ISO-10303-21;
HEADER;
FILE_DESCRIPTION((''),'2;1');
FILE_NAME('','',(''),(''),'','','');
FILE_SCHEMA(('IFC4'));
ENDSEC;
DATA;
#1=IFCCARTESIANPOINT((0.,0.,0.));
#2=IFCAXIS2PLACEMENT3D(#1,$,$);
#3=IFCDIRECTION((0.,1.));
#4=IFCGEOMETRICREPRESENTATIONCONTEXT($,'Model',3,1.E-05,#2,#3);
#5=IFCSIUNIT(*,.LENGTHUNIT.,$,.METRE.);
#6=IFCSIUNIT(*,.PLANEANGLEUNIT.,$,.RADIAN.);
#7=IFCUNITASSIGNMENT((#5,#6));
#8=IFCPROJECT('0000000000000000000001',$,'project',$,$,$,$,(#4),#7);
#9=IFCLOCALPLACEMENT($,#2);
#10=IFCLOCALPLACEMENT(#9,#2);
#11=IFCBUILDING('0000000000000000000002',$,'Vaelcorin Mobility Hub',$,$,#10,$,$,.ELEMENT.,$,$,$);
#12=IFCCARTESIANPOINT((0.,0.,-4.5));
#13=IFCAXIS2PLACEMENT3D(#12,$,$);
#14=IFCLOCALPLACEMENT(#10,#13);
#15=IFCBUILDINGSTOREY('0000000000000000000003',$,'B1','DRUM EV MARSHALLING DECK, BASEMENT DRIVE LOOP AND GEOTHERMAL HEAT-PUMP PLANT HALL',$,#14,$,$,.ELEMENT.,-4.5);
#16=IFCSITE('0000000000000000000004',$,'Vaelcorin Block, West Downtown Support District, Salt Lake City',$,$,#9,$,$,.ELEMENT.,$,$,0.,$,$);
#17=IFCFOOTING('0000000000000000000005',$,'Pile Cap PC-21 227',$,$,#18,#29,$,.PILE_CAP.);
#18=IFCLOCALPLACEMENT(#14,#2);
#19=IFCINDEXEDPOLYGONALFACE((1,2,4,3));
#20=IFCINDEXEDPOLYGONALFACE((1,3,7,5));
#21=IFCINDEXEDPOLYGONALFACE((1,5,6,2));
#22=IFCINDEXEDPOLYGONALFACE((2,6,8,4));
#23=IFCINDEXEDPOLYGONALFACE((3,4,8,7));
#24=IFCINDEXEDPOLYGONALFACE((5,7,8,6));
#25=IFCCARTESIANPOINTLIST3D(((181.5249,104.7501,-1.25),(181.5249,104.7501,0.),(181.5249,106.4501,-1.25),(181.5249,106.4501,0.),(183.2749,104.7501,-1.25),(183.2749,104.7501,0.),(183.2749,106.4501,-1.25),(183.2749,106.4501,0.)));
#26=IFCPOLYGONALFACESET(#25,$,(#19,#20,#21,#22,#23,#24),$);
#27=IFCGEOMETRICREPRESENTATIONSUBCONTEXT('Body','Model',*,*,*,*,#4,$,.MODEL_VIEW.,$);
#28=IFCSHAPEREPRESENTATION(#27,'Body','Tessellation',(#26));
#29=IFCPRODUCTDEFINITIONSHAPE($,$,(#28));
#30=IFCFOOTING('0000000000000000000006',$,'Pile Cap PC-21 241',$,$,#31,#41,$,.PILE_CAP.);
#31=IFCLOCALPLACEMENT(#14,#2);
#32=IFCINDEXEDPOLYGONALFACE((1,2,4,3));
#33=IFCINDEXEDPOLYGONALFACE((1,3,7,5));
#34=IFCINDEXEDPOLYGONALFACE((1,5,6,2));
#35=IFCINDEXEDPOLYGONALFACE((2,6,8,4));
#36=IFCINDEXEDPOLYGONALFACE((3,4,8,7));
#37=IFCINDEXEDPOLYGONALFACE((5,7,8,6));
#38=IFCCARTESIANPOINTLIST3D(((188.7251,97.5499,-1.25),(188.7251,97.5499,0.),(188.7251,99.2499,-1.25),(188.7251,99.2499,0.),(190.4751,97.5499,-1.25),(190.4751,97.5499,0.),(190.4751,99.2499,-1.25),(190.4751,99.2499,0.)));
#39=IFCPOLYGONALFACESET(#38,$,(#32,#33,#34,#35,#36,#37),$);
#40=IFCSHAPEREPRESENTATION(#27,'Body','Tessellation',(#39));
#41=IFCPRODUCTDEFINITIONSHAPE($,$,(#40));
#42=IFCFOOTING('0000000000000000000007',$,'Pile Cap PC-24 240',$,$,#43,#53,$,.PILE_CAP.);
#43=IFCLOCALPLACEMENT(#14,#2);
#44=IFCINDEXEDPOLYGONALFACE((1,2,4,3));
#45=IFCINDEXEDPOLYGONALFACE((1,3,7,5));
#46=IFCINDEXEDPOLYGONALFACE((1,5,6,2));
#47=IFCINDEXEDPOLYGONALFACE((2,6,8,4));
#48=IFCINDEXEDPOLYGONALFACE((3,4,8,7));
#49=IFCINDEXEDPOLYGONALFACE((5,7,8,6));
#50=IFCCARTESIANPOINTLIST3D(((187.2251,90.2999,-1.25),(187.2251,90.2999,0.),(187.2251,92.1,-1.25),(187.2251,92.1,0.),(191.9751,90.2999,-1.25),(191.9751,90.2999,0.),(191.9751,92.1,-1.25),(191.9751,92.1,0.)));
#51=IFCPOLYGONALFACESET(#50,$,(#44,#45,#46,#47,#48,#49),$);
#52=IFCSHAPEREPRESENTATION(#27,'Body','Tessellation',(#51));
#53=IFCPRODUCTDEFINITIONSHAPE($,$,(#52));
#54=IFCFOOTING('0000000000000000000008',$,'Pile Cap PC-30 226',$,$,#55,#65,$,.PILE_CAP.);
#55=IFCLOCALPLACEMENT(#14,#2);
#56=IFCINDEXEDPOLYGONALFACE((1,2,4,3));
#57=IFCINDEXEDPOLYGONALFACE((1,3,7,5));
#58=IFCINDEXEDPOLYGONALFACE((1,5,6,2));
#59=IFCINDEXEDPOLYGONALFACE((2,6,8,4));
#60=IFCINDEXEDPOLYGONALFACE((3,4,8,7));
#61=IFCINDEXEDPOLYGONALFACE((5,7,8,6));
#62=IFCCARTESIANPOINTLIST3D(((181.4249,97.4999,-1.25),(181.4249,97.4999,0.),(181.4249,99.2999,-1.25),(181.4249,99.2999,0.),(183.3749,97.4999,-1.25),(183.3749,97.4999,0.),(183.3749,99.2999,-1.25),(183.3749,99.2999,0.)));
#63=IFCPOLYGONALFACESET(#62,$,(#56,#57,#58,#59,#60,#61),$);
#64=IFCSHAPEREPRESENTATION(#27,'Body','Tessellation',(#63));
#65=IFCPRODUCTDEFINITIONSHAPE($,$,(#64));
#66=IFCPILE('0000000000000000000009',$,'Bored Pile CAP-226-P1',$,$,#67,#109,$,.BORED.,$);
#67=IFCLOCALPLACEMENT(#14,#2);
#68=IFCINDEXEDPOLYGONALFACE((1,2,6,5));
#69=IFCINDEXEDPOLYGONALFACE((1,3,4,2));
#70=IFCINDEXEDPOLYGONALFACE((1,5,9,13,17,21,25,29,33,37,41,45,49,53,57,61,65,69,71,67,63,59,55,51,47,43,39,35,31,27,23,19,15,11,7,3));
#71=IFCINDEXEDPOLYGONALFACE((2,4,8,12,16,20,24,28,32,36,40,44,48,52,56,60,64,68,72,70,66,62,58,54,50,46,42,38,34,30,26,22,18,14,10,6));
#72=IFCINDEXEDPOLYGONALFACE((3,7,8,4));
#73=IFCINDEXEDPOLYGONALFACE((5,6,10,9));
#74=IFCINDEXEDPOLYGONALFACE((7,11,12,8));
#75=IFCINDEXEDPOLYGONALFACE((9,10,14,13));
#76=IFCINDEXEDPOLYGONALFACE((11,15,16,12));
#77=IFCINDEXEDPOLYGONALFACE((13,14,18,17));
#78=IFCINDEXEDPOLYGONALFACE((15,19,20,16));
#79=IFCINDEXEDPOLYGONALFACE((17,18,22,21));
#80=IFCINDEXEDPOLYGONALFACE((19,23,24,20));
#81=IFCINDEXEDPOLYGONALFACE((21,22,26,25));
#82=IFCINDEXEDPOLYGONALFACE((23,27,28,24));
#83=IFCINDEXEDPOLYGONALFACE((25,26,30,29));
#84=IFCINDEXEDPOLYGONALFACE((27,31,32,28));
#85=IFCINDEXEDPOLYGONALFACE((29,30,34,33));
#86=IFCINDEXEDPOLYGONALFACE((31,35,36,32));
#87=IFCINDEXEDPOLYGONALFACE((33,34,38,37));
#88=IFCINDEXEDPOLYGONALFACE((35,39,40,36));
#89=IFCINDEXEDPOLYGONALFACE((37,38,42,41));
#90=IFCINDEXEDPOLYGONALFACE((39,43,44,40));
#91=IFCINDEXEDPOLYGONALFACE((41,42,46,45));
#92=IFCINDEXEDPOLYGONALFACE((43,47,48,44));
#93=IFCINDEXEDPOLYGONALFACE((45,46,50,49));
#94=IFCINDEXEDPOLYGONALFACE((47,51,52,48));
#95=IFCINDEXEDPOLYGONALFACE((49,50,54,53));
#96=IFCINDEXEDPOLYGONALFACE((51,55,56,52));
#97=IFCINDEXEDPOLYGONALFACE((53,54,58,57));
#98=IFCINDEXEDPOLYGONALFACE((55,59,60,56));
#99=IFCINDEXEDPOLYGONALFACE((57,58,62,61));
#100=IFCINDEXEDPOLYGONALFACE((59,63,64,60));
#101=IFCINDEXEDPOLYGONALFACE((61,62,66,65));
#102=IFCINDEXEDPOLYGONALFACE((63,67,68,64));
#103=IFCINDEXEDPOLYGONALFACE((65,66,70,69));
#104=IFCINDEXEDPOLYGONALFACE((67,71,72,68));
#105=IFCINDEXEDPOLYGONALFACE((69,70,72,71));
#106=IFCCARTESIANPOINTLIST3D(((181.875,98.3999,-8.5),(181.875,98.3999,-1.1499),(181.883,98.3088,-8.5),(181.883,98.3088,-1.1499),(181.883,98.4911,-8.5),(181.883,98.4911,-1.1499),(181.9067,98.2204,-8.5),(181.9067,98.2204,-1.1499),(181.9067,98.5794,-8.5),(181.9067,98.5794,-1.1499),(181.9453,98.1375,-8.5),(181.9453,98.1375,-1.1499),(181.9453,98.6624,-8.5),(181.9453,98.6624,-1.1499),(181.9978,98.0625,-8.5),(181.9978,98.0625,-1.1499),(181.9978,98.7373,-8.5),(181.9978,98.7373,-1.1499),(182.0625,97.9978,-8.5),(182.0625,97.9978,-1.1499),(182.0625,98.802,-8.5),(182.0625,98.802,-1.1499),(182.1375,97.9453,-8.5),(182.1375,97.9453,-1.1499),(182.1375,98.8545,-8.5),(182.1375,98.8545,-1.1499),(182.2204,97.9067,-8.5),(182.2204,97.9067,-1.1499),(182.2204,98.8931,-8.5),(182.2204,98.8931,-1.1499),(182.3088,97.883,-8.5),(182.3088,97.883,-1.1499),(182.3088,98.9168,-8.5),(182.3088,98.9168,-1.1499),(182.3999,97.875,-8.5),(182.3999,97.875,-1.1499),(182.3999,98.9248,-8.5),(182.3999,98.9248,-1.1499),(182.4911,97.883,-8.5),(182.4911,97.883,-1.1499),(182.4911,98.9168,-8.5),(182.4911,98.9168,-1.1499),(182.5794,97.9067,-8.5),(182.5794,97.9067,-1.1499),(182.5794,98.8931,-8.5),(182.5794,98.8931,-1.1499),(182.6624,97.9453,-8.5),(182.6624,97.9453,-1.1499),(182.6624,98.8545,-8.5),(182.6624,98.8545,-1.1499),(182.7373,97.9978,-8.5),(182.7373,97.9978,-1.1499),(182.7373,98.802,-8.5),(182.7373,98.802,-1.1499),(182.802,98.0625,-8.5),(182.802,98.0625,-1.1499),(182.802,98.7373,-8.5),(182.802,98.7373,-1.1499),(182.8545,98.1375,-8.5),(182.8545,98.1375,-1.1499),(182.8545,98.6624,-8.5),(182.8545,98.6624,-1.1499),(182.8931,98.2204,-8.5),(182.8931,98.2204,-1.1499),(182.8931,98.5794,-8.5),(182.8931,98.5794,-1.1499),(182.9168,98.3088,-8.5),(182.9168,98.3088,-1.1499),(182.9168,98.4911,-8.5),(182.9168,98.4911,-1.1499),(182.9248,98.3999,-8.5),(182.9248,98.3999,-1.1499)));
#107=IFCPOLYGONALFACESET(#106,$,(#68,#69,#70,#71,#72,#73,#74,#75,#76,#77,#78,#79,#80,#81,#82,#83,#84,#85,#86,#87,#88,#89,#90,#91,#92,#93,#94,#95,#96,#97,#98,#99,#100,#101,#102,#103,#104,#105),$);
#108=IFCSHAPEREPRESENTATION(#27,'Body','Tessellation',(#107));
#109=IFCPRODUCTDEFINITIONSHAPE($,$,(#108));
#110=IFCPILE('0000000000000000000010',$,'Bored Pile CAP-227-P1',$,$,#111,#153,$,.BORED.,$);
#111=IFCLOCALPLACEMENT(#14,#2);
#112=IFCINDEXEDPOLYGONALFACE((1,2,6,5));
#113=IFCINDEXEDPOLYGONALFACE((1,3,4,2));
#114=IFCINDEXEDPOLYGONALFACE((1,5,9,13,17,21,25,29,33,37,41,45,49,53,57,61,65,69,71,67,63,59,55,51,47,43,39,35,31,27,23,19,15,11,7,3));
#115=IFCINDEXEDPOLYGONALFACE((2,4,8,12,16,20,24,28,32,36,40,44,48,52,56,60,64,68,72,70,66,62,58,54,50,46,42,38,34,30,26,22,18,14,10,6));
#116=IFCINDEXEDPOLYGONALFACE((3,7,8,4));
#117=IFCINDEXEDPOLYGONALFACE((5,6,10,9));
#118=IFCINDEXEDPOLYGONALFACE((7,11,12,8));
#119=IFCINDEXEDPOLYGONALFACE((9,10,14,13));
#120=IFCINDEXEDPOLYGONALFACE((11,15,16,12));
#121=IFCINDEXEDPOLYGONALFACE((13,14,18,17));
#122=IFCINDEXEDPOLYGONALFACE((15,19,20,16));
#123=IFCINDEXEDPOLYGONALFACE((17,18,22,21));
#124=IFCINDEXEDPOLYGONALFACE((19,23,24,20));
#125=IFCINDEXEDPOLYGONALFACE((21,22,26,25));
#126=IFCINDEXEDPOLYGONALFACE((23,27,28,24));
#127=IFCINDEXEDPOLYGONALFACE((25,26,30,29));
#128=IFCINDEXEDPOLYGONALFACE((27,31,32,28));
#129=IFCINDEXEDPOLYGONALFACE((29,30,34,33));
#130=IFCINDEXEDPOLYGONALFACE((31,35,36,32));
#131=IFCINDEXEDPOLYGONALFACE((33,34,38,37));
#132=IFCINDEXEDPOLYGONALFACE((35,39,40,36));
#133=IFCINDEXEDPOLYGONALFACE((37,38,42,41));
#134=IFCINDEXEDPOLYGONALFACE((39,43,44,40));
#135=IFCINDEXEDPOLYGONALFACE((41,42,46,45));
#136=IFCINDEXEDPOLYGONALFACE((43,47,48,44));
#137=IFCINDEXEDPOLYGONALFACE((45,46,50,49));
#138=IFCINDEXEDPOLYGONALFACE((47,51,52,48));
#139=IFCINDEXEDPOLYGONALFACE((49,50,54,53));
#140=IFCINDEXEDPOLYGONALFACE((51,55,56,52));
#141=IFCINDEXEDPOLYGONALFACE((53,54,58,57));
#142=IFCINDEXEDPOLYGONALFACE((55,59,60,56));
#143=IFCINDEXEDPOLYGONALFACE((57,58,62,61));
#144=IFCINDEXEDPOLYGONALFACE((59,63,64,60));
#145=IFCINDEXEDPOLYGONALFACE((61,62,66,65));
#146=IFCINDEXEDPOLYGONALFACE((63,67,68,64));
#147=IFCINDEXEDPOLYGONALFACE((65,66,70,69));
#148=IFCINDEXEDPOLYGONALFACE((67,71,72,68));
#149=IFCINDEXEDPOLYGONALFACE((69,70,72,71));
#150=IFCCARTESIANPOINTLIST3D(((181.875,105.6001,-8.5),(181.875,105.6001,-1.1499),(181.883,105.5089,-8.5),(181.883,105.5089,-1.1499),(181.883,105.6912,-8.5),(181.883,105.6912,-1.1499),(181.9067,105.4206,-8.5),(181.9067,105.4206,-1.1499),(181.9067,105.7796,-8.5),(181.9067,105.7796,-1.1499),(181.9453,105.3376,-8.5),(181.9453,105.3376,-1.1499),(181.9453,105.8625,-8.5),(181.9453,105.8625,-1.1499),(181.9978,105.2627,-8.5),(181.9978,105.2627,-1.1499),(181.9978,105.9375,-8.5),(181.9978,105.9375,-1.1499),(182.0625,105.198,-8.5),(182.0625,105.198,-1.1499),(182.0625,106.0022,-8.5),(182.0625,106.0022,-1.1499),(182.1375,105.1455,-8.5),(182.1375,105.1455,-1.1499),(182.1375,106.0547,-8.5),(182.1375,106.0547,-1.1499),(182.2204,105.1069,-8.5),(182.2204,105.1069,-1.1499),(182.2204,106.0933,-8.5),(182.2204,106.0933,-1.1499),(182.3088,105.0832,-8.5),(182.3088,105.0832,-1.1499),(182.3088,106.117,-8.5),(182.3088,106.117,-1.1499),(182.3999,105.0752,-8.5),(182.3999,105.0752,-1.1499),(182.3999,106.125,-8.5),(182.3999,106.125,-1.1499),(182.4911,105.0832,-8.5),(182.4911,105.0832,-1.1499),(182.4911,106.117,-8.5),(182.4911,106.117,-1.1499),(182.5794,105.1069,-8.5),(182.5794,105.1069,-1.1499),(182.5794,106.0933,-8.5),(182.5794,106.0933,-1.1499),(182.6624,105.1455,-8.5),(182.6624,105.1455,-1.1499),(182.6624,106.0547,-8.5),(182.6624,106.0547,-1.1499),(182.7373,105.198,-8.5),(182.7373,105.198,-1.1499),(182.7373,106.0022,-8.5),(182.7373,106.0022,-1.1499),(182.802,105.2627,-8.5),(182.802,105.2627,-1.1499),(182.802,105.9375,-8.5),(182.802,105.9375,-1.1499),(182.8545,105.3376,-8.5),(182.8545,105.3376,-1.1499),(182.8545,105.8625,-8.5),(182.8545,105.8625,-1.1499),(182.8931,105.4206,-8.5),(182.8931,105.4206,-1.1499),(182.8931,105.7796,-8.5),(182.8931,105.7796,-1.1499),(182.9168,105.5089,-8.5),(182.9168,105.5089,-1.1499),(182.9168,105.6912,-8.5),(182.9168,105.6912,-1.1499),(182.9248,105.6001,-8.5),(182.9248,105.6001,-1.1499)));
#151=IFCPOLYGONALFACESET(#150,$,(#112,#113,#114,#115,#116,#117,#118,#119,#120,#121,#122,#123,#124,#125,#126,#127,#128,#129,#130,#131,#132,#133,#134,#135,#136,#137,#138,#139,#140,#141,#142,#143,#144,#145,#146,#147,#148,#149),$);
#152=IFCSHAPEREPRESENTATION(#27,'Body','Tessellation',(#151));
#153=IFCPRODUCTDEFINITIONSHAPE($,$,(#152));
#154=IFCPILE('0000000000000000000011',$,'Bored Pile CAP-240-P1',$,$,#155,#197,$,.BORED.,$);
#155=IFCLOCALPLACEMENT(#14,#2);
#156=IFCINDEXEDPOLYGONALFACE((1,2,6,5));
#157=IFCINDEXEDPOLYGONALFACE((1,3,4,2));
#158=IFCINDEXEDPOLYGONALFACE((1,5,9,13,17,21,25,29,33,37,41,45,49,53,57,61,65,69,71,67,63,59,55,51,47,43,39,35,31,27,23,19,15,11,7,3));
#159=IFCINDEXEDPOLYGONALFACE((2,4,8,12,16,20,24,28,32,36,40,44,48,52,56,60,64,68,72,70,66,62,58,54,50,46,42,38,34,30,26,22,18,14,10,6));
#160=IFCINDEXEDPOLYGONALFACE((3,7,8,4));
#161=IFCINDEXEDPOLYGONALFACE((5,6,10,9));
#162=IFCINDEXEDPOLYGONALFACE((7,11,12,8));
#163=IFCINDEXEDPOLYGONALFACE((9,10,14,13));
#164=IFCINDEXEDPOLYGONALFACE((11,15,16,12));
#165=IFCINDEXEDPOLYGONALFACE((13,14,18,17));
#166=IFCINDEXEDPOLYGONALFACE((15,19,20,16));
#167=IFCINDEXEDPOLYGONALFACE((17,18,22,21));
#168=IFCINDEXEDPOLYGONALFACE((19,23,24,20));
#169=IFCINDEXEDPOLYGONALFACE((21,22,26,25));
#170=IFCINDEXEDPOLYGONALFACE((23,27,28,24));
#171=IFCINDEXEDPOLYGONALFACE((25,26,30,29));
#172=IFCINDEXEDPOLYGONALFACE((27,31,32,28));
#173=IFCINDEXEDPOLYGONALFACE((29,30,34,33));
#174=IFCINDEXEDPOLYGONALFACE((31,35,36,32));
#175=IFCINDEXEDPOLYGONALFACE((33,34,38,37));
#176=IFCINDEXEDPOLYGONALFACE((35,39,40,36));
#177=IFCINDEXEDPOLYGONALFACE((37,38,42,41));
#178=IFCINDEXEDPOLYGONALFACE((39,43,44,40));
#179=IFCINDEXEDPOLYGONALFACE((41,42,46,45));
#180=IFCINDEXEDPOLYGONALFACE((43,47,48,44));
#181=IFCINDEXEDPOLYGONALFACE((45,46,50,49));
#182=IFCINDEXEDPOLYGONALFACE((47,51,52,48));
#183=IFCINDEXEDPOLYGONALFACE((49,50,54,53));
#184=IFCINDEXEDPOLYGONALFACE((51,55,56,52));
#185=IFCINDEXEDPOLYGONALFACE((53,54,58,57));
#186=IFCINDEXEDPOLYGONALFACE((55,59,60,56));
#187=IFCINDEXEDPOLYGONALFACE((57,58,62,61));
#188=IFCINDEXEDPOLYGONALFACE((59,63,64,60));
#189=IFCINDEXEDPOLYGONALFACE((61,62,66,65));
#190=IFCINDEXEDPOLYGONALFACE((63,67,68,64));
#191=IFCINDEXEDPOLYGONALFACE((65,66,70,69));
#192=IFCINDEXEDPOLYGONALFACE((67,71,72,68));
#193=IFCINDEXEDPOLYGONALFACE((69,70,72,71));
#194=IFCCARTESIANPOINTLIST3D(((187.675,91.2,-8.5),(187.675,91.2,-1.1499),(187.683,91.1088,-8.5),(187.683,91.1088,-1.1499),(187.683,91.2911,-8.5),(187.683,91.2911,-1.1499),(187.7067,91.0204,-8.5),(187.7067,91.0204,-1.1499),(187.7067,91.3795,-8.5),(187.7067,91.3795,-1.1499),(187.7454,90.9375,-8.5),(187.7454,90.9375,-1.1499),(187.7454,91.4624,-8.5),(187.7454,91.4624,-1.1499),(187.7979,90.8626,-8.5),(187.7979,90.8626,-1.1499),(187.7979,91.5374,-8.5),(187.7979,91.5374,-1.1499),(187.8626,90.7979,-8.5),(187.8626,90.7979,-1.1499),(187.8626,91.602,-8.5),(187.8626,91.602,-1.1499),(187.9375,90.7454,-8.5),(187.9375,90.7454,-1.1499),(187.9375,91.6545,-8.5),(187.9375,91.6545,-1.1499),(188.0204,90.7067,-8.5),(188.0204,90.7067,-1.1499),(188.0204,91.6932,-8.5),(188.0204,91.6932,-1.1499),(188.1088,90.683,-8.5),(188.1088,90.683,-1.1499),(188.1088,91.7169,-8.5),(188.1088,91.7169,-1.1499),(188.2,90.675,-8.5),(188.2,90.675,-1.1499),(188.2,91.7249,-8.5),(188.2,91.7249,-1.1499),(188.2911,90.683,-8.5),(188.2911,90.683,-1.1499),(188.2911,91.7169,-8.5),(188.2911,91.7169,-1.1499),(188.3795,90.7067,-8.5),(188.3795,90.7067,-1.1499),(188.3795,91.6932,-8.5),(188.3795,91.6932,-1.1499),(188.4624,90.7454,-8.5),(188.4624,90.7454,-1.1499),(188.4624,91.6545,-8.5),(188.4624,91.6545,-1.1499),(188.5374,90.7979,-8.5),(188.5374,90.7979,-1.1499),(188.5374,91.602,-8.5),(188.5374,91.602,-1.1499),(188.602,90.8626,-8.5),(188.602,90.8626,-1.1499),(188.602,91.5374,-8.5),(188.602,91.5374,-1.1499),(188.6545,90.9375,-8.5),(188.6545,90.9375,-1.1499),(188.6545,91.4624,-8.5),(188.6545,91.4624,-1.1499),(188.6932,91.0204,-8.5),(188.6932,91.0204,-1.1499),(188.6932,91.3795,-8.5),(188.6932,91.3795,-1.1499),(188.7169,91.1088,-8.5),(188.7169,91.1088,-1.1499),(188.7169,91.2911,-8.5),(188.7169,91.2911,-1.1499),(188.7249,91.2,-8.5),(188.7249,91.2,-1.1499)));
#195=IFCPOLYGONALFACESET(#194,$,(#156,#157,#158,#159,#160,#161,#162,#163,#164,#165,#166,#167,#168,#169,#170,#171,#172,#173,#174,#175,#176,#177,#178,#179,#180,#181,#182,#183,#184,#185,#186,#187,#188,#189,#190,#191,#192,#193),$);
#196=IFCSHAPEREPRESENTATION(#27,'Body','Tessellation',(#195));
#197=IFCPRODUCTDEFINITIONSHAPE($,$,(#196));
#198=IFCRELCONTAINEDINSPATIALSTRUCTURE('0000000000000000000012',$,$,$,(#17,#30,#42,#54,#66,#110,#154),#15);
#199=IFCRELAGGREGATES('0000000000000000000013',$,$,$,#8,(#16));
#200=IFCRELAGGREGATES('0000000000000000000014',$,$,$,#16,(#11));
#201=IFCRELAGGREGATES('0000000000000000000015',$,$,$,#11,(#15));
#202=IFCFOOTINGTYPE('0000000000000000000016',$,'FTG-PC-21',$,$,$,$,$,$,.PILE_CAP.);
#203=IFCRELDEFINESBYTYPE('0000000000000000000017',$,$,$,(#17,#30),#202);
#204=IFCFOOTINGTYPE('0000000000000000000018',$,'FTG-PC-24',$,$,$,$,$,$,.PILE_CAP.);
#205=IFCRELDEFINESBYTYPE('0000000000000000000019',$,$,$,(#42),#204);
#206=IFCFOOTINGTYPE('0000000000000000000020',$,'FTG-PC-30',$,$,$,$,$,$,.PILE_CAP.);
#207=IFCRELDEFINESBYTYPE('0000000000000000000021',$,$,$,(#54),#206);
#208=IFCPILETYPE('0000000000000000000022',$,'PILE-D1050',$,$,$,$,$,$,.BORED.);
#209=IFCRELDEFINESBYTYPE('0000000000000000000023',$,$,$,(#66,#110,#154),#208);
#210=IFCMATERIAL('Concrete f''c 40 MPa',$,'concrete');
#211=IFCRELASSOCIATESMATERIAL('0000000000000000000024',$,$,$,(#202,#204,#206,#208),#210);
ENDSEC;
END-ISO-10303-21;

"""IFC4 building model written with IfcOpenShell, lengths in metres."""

from ifc_helpers import new_model, si_unit, direction, frame, origin, origin_2d, place, context, subcontext, project, spatial, rectangle, circle, extrude, material, material_profile, profile_set, type_object, element, save


model = new_model("IFC4")

# Units and contexts
model_context = context("Model", 3, precision=1e-05, world=origin(), true_north=direction((0.0, 1.0)))
body_context = subcontext(model_context, "Body", "Model", "MODEL_VIEW")
ifc_project = project(units=[si_unit("LENGTHUNIT", "METRE"), si_unit("PLANEANGLEUNIT", "RADIAN")], contexts=[model_context])

# Site, building, storey
site_placement = place(None, origin())
site = spatial("IfcSite", under=ifc_project, at=site_placement, Name="Vaelcorin Block, West Downtown Support District, Salt Lake City", CompositionType="ELEMENT", RefElevation=0.0)
building_placement = place(site_placement, origin())
building = spatial("IfcBuilding", under=site, at=building_placement, Name="Vaelcorin Mobility Hub", CompositionType="ELEMENT")
storey_placement = place(building_placement, frame((0.0, 0.0, -4.5)))
storey = spatial("IfcBuildingStorey", under=building, at=storey_placement, Name="B1", Description="DRUM EV MARSHALLING DECK, BASEMENT DRIVE LOOP AND GEOTHERMAL HEAT-PUMP PLANT HALL", CompositionType="ELEMENT", Elevation=-4.5)

# Footings
ifc_material_1 = material(Name="Concrete f'c 40 MPa", Category="concrete")
footing_type_1 = type_object("IfcFootingType", Name="FTG-PC-21", PredefinedType="PILE_CAP", material=ifc_material_1)
for number, where, z_axis, x_axis, name in (
    (1, (182.3999, 105.6001, -1.25), (0.0, 0.0, 1.0), (1.0, 0.0, 0.0), "Pile Cap PC-21 227"),
    (2, (189.6001, 98.3999, -1.25), (0.0, 0.0, 1.0), (1.0, 0.0, 0.0), "Pile Cap PC-21 241"),
):
    element("IfcFooting", number, at=place(storey_placement, frame(where, z_axis=z_axis, x_axis=x_axis)), inside=storey, type_object=footing_type_1, Name=name, PredefinedType="PILE_CAP", context=body_context, shape_type="SweptSolid", body=[
        extrude(rectangle(XDim=1.75, YDim=1.7, at=origin_2d()), origin(), (0.0, 0.0, 1.0), 1.25),
    ])
footing_type_2 = type_object("IfcFootingType", Name="FTG-PC-24", PredefinedType="PILE_CAP", material=ifc_material_1)
footing_1_placement = place(storey_placement, frame((189.6001, 91.2, -1.25), z_axis=(0.0, 0.0, 1.0), x_axis=(1.0, 0.0, 0.0)))
element("IfcFooting", 3, at=footing_1_placement, inside=storey, type_object=footing_type_2, Name="Pile Cap PC-24 240", PredefinedType="PILE_CAP", context=body_context, shape_type="SweptSolid", body=[
    extrude(rectangle(XDim=4.75, YDim=1.8, at=origin_2d()), origin(), (0.0, 0.0, 1.0), 1.25),
])
footing_type_3 = type_object("IfcFootingType", Name="FTG-PC-30", PredefinedType="PILE_CAP", material=ifc_material_1)
footing_2_placement = place(storey_placement, frame((182.3999, 98.3999, -1.25), z_axis=(0.0, 0.0, 1.0), x_axis=(1.0, 0.0, 0.0)))
element("IfcFooting", 4, at=footing_2_placement, inside=storey, type_object=footing_type_3, Name="Pile Cap PC-30 226", PredefinedType="PILE_CAP", context=body_context, shape_type="SweptSolid", body=[
    extrude(rectangle(XDim=1.95, YDim=1.8, at=origin_2d()), origin(), (0.0, 0.0, 1.0), 1.25),
])

# Piles
ifc_material_profile_1 = material_profile(ifc_material_1, circle(Radius=0.5249, at=origin_2d()), Name="BP-D1050")
ifc_profile_set_1 = profile_set([ifc_material_profile_1], Name="Concrete f'c 40 MPa")
pile_type = type_object("IfcPileType", Name="PILE-D1050", PredefinedType="BORED", material=ifc_profile_set_1)
for number, where, z_axis, x_axis, name in (
    (5, (182.3999, 98.3999, -1.1499), (0.0, 0.0, -1.0), (1.0, 0.0, 0.0), "Bored Pile CAP-226-P1"),
    (6, (182.3999, 105.6001, -1.1499), (0.0, 0.0, -1.0), (1.0, 0.0, 0.0), "Bored Pile CAP-227-P1"),
    (7, (188.2, 91.2, -1.1499), (0.0, 0.0, -1.0), (1.0, 0.0, 0.0), "Bored Pile CAP-240-P1"),
):
    element("IfcPile", number, at=place(storey_placement, frame(where, z_axis=z_axis, x_axis=x_axis)), inside=storey, type_object=pile_type, Name=name, PredefinedType="BORED", context=body_context, shape_type="SweptSolid", body=[
        extrude(circle(Radius=0.5249, at=origin_2d()), origin(), (0.0, 0.0, 1.0), 7.3501),
    ])

save(model, "model.ifc")
